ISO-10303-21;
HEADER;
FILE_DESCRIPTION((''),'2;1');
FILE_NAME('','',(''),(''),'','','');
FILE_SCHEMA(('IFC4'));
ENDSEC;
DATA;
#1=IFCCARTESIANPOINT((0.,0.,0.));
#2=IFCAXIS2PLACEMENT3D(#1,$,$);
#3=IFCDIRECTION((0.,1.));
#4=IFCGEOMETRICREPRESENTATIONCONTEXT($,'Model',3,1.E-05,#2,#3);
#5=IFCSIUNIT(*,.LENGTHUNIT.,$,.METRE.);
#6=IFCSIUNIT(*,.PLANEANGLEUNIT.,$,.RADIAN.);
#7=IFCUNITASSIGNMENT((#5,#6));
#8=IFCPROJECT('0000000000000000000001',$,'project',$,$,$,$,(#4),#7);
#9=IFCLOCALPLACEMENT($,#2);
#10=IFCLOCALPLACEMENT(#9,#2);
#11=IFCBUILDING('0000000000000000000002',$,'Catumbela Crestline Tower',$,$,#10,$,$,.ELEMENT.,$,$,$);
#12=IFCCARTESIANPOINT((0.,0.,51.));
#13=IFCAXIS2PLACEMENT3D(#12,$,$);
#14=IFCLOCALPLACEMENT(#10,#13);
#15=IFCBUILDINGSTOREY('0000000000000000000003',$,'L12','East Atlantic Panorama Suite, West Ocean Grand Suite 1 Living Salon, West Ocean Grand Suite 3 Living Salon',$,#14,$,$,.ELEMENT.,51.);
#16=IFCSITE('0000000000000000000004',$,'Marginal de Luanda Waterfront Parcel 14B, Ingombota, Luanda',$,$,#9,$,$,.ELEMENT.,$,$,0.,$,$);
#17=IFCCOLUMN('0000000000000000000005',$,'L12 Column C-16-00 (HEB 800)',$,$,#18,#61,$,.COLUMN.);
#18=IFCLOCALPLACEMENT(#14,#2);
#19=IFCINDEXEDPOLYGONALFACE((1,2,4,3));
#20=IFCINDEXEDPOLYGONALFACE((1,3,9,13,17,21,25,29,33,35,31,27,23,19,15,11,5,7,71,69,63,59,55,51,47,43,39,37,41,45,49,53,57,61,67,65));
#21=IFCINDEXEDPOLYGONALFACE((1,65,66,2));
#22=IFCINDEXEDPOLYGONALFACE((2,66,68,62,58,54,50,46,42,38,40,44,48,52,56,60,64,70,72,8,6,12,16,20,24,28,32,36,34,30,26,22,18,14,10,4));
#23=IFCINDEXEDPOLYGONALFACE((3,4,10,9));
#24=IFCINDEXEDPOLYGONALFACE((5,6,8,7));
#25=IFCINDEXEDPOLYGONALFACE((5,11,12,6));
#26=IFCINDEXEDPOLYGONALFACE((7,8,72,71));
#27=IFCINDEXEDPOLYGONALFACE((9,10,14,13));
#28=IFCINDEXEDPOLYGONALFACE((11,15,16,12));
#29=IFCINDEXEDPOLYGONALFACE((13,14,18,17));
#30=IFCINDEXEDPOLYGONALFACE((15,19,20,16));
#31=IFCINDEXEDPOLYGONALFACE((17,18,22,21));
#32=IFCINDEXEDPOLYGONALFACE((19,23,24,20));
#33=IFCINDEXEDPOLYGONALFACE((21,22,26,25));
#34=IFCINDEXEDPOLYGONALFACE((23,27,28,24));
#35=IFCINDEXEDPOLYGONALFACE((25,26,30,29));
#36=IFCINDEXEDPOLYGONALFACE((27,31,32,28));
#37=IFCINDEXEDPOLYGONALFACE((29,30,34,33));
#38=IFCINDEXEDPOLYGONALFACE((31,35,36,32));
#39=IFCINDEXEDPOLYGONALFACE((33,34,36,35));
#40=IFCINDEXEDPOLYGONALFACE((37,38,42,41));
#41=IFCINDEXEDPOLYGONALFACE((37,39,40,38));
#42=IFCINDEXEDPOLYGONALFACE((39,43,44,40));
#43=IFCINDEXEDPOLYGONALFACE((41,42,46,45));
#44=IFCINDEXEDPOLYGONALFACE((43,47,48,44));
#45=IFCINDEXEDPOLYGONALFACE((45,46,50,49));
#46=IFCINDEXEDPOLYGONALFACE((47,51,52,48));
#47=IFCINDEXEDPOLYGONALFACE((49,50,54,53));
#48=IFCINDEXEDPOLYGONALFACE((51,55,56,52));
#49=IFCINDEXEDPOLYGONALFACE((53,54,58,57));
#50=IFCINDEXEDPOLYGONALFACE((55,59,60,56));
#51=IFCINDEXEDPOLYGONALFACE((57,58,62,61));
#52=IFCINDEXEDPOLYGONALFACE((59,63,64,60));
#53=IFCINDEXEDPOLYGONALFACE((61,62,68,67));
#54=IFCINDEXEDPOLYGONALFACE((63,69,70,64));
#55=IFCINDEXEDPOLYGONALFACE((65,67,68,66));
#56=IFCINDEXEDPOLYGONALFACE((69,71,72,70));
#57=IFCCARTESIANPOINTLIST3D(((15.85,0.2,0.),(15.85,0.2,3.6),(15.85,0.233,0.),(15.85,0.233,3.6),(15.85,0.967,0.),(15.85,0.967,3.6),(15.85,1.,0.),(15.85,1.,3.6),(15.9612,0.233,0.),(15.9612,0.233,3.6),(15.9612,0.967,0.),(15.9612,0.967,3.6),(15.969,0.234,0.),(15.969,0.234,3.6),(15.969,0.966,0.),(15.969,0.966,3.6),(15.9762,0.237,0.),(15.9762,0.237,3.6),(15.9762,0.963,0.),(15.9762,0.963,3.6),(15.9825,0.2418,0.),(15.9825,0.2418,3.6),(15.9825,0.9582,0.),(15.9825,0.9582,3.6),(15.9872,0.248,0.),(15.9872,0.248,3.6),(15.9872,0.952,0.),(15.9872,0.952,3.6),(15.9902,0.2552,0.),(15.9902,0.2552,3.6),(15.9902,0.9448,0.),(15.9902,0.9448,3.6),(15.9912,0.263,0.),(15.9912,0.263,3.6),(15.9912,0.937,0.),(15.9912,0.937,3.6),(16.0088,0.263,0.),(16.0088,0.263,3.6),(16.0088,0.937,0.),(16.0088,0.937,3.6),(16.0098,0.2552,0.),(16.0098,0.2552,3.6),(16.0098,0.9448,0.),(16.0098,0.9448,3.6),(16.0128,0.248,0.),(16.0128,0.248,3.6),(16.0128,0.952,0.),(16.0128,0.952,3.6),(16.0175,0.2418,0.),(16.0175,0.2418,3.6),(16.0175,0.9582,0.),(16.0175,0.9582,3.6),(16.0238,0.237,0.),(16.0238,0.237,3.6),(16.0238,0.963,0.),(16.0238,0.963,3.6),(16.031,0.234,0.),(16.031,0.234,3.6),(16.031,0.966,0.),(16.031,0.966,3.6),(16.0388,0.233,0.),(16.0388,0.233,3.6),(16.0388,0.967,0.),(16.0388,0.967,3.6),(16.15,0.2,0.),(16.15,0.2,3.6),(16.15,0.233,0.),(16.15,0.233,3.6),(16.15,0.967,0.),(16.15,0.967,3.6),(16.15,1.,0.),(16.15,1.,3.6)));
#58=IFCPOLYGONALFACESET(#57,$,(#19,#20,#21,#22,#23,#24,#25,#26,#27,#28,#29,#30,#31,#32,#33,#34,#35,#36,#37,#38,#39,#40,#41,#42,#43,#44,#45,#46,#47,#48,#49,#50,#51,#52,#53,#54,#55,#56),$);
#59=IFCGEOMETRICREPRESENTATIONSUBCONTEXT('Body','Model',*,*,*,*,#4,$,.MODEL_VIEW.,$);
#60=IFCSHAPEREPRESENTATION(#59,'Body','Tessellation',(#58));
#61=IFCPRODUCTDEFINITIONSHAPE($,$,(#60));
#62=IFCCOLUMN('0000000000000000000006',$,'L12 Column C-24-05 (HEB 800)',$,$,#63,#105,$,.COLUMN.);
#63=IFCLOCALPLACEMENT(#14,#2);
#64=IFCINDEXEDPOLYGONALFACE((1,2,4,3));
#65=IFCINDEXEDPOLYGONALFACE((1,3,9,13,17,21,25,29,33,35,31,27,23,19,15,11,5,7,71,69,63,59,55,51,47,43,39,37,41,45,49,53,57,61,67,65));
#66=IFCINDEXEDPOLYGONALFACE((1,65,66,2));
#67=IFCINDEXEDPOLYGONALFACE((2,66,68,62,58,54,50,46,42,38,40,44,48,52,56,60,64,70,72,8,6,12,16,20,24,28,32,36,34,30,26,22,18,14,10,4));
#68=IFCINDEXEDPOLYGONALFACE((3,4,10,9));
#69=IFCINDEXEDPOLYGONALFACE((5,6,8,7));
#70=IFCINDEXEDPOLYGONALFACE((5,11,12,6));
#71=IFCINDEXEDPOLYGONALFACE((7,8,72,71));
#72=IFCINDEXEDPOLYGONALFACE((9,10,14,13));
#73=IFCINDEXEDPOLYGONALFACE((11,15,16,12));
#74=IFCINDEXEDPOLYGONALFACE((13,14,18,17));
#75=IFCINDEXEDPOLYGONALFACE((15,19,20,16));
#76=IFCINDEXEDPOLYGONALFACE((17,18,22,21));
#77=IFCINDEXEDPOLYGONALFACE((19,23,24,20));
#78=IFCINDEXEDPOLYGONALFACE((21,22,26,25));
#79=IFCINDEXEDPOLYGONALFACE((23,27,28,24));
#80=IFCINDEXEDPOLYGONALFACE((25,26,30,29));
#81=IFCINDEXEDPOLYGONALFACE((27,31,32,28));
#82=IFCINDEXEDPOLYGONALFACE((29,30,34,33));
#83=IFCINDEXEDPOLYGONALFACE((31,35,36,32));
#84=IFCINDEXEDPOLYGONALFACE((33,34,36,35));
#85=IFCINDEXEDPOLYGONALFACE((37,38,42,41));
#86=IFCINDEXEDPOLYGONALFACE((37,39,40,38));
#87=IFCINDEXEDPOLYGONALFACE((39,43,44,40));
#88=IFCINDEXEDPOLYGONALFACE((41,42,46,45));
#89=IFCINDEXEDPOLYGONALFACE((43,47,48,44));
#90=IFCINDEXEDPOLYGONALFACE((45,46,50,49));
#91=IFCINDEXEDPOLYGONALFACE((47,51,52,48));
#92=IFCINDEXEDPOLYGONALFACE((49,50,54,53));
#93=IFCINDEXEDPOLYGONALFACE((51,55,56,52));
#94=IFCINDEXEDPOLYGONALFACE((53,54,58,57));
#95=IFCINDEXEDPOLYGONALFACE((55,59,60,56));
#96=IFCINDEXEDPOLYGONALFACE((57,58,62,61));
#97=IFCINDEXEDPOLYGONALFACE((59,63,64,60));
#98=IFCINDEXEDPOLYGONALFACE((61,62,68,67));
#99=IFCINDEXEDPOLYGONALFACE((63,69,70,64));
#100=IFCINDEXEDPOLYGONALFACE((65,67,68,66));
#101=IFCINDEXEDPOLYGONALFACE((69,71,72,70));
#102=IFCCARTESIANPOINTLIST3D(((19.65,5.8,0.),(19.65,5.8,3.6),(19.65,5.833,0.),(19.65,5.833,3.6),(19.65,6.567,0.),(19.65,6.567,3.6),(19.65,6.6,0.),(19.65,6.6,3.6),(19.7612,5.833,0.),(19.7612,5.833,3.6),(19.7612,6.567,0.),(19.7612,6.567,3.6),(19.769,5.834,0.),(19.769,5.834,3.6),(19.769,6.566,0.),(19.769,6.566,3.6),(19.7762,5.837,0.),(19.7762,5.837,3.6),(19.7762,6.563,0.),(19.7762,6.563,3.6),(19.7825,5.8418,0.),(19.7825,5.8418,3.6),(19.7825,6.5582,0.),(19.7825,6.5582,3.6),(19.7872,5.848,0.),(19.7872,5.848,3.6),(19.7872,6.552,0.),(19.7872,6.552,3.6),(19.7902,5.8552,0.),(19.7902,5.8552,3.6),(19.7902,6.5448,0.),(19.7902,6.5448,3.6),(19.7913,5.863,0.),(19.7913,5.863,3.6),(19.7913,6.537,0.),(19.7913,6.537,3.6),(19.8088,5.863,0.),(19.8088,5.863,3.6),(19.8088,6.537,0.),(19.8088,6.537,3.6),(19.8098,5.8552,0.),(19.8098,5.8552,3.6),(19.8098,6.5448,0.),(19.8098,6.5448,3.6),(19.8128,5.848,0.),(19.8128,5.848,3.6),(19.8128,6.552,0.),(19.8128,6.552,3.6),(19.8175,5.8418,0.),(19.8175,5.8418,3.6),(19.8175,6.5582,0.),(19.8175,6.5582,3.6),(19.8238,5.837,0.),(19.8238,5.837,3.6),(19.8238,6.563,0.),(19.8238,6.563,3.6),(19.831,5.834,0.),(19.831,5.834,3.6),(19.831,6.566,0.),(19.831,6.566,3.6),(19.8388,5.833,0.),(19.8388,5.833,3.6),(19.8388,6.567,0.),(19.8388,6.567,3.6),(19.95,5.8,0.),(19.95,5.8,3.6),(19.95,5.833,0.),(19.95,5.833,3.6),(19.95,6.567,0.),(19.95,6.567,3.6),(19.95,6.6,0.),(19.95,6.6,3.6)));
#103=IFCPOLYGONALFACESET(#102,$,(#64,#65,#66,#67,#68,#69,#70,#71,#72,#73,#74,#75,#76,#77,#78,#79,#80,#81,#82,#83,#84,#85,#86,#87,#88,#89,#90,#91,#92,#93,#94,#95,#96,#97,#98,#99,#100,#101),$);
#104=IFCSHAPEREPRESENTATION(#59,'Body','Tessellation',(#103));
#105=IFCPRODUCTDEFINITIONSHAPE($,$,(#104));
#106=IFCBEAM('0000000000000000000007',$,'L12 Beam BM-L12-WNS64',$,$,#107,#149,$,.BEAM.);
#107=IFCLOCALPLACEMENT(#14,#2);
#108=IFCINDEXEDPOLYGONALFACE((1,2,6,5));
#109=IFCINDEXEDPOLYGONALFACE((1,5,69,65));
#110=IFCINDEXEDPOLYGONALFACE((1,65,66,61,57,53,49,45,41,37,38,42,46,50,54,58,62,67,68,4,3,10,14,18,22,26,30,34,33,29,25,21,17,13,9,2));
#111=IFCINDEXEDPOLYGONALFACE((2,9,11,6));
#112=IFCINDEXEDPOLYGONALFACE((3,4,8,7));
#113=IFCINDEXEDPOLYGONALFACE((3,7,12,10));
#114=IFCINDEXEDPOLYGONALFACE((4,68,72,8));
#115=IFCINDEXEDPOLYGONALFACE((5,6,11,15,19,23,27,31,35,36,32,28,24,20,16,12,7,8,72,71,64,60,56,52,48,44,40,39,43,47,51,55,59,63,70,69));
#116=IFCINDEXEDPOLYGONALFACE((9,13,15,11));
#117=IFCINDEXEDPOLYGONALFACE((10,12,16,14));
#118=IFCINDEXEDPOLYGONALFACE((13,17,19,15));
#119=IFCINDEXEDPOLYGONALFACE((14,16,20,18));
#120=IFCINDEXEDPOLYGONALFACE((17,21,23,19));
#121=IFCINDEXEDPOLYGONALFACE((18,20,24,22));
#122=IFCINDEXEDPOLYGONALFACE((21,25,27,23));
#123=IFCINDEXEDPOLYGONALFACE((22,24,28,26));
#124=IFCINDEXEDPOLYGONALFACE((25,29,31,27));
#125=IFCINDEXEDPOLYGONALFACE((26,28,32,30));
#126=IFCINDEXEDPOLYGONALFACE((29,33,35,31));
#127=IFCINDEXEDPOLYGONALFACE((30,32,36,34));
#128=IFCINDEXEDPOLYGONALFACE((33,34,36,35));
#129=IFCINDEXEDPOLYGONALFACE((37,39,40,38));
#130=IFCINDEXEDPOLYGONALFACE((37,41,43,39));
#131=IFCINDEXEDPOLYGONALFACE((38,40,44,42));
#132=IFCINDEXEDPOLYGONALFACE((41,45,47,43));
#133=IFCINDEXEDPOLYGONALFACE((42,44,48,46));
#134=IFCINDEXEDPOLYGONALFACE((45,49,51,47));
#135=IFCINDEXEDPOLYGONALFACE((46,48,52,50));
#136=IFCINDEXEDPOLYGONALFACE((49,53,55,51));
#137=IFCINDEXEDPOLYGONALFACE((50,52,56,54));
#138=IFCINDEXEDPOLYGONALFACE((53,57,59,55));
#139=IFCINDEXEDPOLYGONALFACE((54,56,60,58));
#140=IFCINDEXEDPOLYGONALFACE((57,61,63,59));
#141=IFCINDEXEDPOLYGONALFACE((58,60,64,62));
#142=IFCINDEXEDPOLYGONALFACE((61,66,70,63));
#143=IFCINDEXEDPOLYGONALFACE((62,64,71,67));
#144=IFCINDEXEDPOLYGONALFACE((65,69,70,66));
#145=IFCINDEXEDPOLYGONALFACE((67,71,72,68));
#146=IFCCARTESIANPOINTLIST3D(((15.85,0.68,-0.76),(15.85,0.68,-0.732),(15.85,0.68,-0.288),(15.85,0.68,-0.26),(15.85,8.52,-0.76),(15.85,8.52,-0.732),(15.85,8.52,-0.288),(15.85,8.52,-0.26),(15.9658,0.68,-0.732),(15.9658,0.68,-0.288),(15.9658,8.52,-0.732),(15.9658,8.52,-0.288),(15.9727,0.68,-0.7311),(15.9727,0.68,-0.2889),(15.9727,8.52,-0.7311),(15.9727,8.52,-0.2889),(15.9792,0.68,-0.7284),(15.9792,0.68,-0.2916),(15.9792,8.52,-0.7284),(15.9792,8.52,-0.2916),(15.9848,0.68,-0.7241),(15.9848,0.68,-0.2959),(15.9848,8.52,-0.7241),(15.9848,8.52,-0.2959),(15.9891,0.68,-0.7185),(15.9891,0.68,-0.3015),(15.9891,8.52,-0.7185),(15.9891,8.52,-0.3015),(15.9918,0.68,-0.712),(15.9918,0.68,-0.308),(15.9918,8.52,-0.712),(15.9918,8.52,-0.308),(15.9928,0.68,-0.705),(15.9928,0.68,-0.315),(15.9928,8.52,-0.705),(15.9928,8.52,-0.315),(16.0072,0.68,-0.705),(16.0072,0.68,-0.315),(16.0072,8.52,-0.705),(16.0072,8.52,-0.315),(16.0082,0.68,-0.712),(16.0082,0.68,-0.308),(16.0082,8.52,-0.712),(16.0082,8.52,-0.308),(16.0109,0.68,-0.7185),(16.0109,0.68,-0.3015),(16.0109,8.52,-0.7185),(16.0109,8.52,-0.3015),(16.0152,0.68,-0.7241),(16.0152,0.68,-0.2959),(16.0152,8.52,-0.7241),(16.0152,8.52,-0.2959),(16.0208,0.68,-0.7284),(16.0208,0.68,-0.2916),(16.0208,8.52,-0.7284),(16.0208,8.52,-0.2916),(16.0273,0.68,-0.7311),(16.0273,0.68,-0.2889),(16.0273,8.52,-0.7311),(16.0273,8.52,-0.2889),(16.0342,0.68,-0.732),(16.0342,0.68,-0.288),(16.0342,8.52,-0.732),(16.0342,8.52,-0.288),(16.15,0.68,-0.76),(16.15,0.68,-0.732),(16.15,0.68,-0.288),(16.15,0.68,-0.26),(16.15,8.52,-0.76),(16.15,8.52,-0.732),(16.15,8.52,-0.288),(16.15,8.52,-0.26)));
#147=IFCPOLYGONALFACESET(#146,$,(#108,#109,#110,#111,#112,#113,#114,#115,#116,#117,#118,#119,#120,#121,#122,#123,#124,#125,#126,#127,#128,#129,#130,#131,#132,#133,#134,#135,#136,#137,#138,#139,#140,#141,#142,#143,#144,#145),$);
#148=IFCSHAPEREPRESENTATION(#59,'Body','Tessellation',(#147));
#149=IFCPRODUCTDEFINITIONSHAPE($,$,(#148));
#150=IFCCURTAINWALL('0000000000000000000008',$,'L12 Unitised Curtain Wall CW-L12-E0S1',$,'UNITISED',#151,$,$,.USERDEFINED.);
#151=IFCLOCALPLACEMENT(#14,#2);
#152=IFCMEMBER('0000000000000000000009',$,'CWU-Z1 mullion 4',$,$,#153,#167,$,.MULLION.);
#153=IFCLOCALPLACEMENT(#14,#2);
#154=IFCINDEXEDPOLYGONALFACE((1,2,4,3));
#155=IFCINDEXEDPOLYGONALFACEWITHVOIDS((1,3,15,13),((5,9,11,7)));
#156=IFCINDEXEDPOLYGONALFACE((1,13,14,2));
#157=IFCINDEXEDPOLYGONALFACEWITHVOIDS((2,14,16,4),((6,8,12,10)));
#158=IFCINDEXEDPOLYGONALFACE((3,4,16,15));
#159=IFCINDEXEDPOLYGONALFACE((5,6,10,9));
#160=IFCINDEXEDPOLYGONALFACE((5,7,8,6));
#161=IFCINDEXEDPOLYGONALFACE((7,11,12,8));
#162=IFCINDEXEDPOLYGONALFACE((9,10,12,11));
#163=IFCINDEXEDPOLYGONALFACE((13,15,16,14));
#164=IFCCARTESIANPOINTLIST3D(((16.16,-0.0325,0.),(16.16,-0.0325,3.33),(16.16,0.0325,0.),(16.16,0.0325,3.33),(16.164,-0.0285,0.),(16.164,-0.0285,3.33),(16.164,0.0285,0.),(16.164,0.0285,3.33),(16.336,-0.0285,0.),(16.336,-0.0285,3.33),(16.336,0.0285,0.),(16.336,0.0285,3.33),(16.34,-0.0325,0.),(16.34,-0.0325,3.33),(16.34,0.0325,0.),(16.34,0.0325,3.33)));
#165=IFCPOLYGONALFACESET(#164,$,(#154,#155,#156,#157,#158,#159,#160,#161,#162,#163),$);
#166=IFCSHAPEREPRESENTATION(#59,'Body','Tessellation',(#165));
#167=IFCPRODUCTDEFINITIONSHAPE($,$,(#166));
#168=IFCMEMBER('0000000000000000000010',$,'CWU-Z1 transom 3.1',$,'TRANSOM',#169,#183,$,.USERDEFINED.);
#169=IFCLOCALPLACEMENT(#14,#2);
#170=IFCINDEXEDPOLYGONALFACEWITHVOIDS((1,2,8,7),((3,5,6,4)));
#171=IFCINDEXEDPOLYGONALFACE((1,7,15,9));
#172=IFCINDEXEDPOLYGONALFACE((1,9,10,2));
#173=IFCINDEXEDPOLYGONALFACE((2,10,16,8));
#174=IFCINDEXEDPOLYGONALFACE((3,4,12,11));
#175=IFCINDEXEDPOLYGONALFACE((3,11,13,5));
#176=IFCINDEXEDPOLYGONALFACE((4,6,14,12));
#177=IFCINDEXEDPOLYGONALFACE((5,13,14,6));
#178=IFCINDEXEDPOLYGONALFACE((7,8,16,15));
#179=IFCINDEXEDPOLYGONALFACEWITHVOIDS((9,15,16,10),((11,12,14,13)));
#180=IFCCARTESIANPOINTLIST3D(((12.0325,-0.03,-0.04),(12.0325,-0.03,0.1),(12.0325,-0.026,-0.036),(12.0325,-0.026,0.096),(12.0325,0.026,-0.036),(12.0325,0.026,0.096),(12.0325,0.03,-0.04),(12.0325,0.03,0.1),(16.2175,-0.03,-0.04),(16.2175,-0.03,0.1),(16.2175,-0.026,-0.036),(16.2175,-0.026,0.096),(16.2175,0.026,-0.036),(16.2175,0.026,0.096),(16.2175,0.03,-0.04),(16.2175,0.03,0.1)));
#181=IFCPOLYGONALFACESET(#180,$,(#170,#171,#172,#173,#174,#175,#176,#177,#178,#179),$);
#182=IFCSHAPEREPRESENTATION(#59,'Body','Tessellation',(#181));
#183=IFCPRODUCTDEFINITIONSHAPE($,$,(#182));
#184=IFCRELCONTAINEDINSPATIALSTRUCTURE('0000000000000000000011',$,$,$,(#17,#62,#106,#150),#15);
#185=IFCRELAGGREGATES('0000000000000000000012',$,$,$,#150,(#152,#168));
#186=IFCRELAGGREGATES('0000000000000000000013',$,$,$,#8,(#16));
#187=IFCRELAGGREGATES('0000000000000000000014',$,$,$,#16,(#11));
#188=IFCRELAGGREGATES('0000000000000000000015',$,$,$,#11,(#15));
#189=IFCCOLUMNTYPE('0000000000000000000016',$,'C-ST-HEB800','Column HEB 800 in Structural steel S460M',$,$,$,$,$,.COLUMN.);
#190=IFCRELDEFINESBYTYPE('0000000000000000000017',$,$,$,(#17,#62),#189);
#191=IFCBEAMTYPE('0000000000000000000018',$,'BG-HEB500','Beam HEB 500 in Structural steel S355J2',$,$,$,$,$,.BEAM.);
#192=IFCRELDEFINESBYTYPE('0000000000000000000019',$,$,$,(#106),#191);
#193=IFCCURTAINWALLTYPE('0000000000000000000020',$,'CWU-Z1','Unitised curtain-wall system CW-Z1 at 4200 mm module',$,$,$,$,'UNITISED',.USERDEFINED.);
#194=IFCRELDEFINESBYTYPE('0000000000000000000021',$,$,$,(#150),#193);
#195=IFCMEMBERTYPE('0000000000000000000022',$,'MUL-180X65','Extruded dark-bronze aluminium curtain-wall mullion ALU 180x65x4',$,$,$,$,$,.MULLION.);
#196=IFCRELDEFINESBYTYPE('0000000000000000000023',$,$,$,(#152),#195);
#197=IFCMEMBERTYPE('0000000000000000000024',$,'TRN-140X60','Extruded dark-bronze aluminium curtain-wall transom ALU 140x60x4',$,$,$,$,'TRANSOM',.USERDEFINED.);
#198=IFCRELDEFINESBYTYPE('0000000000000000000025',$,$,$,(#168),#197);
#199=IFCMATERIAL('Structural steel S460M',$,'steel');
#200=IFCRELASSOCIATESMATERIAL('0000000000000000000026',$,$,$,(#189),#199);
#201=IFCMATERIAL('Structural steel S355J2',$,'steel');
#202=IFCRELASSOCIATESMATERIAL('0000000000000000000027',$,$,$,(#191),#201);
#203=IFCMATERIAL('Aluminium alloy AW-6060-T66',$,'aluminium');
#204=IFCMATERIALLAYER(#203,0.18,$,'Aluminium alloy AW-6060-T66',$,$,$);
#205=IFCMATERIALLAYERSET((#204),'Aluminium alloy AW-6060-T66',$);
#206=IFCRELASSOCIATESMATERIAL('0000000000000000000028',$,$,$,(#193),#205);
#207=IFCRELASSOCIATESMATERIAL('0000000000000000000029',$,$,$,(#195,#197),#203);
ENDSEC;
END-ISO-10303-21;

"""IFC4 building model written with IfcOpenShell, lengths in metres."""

from ifc_helpers import new_model, si_unit, direction, frame, origin, origin_2d, place, context, subcontext, project, spatial, hollow_rectangle, i_section, extrude, material, layer, layer_set, material_profile, profile_set, type_object, element, aggregate, save


model = new_model("IFC4")

# Units and contexts
model_context = context("Model", 3, precision=1e-05, world=origin(), true_north=direction((0.0, 1.0)))
body_context = subcontext(model_context, "Body", "Model", "MODEL_VIEW")
ifc_project = project(units=[si_unit("LENGTHUNIT", "METRE"), si_unit("PLANEANGLEUNIT", "RADIAN")], contexts=[model_context])

# Site, building, storey
site_placement = place(None, origin())
site = spatial("IfcSite", under=ifc_project, at=site_placement, Name="Marginal de Luanda Waterfront Parcel 14B, Ingombota, Luanda", CompositionType="ELEMENT", RefElevation=0.0)
building_placement = place(site_placement, origin())
building = spatial("IfcBuilding", under=site, at=building_placement, Name="Catumbela Crestline Tower", CompositionType="ELEMENT")
storey_placement = place(building_placement, frame((0.0, 0.0, 51.0)))
storey = spatial("IfcBuildingStorey", under=building, at=storey_placement, Name="L12", Description="East Atlantic Panorama Suite, West Ocean Grand Suite 1 Living Salon, West Ocean Grand Suite 3 Living Salon", CompositionType="ELEMENT", Elevation=51.0)

# Columns
ifc_material_1 = material(Name="Structural steel S460M", Category="steel")
ifc_material_profile_1 = material_profile(ifc_material_1, i_section(OverallWidth=0.3, OverallDepth=0.8, WebThickness=0.0175, FlangeThickness=0.033, FilletRadius=0.03, at=origin_2d()), Name="HEB 800")
ifc_profile_set_1 = profile_set([ifc_material_profile_1], Name="Structural steel S460M")
column_type = type_object("IfcColumnType", Name="C-ST-HEB800", Description="Column HEB 800 in Structural steel S460M", PredefinedType="COLUMN", material=ifc_profile_set_1)
for number, where, z_axis, x_axis, name in (
    (1, (16.0, 0.6, 0.0), (0.0, 0.0, 1.0), (1.0, 0.0, 0.0), "L12 Column C-16-00 (HEB 800)"),
    (2, (19.8, 6.2, 0.0), (0.0, 0.0, 1.0), (1.0, 0.0, 0.0), "L12 Column C-24-05 (HEB 800)"),
):
    element("IfcColumn", number, at=place(storey_placement, frame(where, z_axis=z_axis, x_axis=x_axis)), inside=storey, type_object=column_type, Name=name, PredefinedType="COLUMN", context=body_context, shape_type="SweptSolid", body=[
        extrude(i_section(OverallWidth=0.3, OverallDepth=0.8, WebThickness=0.0175, FlangeThickness=0.033, FilletRadius=0.03, at=origin_2d()), origin(), (0.0, 0.0, 1.0), 3.6),
    ])

# Beam
ifc_material_2 = material(Name="Structural steel S355J2", Category="steel")
ifc_material_profile_2 = material_profile(ifc_material_2, i_section(OverallWidth=0.3, OverallDepth=0.5, WebThickness=0.0145, FlangeThickness=0.028, FilletRadius=0.027, at=origin_2d()), Name="HEB 500")
ifc_profile_set_2 = profile_set([ifc_material_profile_2], Name="Structural steel S355J2")
beam_type = type_object("IfcBeamType", Name="BG-HEB500", Description="Beam HEB 500 in Structural steel S355J2", PredefinedType="BEAM", material=ifc_profile_set_2)
beam_placement = place(storey_placement, frame((16.0, 0.68, -0.51), z_axis=(0.0, 1.0, 0.0), x_axis=(-1.0, 0.0, 0.0)))
element("IfcBeam", 3, at=beam_placement, inside=storey, type_object=beam_type, Name="L12 Beam BM-L12-WNS64", PredefinedType="BEAM", context=body_context, shape_type="SweptSolid", body=[
    extrude(i_section(OverallWidth=0.3, OverallDepth=0.5, WebThickness=0.0145, FlangeThickness=0.028, FilletRadius=0.027, at=origin_2d()), origin(), (0.0, 0.0, 1.0), 7.84),
])

# Curtain wall, members
ifc_material_3 = material(Name="Aluminium alloy AW-6060-T66", Category="aluminium")
ifc_layer_1 = layer(ifc_material_3, 0.18, Name="Aluminium alloy AW-6060-T66")
ifc_layer_set_1 = layer_set([ifc_layer_1], Name="Aluminium alloy AW-6060-T66")
curtain_wall_type = type_object("IfcCurtainWallType", Name="CWU-Z1", Description="Unitised curtain-wall system CW-Z1 at 4200 mm module", ElementType="UNITISED", PredefinedType="USERDEFINED", material=ifc_layer_set_1)
curtain_wall_placement = place(storey_placement, origin())
curtain_wall = element("IfcCurtainWall", 4, at=curtain_wall_placement, inside=storey, type_object=curtain_wall_type, Name="L12 Unitised Curtain Wall CW-L12-E0S1", ObjectType="UNITISED", PredefinedType="USERDEFINED")
ifc_material_profile_3 = material_profile(ifc_material_3, hollow_rectangle(XDim=0.065, YDim=0.18, WallThickness=0.004, at=origin_2d()), Name="ALU 180x65x4")
ifc_profile_set_3 = profile_set([ifc_material_profile_3], Name="Aluminium alloy AW-6060-T66")
member_type_1 = type_object("IfcMemberType", Name="MUL-180X65", Description="Extruded dark-bronze aluminium curtain-wall mullion ALU 180x65x4", PredefinedType="MULLION", material=ifc_profile_set_3)
member_1_placement = place(storey_placement, frame((16.25, 0.0, 0.0), z_axis=(0.0, 0.0, 1.0), x_axis=(0.0, 1.0, 0.0)))
member_1 = element("IfcMember", 5, at=member_1_placement, type_object=member_type_1, Name="CWU-Z1 mullion 4", PredefinedType="MULLION", context=body_context, shape_type="SweptSolid", body=[
    extrude(hollow_rectangle(XDim=0.065, YDim=0.18, WallThickness=0.004, at=origin_2d()), origin(), (0.0, 0.0, 1.0), 3.33),
])
ifc_material_profile_4 = material_profile(ifc_material_3, hollow_rectangle(XDim=0.06, YDim=0.14, WallThickness=0.004, at=origin_2d()), Name="ALU 140x60x4")
ifc_profile_set_4 = profile_set([ifc_material_profile_4], Name="Aluminium alloy AW-6060-T66")
member_type_2 = type_object("IfcMemberType", Name="TRN-140X60", Description="Extruded dark-bronze aluminium curtain-wall transom ALU 140x60x4", ElementType="TRANSOM", PredefinedType="USERDEFINED", material=ifc_profile_set_4)
member_2_placement = place(storey_placement, frame((12.0325, 0.0, 0.03), z_axis=(1.0, 0.0, 0.0), x_axis=(0.0, 1.0, 0.0)))
member_2 = element("IfcMember", 6, at=member_2_placement, type_object=member_type_2, Name="CWU-Z1 transom 3.1", ObjectType="TRANSOM", PredefinedType="USERDEFINED", context=body_context, shape_type="SweptSolid", body=[
    extrude(hollow_rectangle(XDim=0.06, YDim=0.14, WallThickness=0.004, at=origin_2d()), origin(), (0.0, 0.0, 1.0), 4.185),
])
aggregate(curtain_wall, [member_1, member_2])

save(model, "model.ifc")
